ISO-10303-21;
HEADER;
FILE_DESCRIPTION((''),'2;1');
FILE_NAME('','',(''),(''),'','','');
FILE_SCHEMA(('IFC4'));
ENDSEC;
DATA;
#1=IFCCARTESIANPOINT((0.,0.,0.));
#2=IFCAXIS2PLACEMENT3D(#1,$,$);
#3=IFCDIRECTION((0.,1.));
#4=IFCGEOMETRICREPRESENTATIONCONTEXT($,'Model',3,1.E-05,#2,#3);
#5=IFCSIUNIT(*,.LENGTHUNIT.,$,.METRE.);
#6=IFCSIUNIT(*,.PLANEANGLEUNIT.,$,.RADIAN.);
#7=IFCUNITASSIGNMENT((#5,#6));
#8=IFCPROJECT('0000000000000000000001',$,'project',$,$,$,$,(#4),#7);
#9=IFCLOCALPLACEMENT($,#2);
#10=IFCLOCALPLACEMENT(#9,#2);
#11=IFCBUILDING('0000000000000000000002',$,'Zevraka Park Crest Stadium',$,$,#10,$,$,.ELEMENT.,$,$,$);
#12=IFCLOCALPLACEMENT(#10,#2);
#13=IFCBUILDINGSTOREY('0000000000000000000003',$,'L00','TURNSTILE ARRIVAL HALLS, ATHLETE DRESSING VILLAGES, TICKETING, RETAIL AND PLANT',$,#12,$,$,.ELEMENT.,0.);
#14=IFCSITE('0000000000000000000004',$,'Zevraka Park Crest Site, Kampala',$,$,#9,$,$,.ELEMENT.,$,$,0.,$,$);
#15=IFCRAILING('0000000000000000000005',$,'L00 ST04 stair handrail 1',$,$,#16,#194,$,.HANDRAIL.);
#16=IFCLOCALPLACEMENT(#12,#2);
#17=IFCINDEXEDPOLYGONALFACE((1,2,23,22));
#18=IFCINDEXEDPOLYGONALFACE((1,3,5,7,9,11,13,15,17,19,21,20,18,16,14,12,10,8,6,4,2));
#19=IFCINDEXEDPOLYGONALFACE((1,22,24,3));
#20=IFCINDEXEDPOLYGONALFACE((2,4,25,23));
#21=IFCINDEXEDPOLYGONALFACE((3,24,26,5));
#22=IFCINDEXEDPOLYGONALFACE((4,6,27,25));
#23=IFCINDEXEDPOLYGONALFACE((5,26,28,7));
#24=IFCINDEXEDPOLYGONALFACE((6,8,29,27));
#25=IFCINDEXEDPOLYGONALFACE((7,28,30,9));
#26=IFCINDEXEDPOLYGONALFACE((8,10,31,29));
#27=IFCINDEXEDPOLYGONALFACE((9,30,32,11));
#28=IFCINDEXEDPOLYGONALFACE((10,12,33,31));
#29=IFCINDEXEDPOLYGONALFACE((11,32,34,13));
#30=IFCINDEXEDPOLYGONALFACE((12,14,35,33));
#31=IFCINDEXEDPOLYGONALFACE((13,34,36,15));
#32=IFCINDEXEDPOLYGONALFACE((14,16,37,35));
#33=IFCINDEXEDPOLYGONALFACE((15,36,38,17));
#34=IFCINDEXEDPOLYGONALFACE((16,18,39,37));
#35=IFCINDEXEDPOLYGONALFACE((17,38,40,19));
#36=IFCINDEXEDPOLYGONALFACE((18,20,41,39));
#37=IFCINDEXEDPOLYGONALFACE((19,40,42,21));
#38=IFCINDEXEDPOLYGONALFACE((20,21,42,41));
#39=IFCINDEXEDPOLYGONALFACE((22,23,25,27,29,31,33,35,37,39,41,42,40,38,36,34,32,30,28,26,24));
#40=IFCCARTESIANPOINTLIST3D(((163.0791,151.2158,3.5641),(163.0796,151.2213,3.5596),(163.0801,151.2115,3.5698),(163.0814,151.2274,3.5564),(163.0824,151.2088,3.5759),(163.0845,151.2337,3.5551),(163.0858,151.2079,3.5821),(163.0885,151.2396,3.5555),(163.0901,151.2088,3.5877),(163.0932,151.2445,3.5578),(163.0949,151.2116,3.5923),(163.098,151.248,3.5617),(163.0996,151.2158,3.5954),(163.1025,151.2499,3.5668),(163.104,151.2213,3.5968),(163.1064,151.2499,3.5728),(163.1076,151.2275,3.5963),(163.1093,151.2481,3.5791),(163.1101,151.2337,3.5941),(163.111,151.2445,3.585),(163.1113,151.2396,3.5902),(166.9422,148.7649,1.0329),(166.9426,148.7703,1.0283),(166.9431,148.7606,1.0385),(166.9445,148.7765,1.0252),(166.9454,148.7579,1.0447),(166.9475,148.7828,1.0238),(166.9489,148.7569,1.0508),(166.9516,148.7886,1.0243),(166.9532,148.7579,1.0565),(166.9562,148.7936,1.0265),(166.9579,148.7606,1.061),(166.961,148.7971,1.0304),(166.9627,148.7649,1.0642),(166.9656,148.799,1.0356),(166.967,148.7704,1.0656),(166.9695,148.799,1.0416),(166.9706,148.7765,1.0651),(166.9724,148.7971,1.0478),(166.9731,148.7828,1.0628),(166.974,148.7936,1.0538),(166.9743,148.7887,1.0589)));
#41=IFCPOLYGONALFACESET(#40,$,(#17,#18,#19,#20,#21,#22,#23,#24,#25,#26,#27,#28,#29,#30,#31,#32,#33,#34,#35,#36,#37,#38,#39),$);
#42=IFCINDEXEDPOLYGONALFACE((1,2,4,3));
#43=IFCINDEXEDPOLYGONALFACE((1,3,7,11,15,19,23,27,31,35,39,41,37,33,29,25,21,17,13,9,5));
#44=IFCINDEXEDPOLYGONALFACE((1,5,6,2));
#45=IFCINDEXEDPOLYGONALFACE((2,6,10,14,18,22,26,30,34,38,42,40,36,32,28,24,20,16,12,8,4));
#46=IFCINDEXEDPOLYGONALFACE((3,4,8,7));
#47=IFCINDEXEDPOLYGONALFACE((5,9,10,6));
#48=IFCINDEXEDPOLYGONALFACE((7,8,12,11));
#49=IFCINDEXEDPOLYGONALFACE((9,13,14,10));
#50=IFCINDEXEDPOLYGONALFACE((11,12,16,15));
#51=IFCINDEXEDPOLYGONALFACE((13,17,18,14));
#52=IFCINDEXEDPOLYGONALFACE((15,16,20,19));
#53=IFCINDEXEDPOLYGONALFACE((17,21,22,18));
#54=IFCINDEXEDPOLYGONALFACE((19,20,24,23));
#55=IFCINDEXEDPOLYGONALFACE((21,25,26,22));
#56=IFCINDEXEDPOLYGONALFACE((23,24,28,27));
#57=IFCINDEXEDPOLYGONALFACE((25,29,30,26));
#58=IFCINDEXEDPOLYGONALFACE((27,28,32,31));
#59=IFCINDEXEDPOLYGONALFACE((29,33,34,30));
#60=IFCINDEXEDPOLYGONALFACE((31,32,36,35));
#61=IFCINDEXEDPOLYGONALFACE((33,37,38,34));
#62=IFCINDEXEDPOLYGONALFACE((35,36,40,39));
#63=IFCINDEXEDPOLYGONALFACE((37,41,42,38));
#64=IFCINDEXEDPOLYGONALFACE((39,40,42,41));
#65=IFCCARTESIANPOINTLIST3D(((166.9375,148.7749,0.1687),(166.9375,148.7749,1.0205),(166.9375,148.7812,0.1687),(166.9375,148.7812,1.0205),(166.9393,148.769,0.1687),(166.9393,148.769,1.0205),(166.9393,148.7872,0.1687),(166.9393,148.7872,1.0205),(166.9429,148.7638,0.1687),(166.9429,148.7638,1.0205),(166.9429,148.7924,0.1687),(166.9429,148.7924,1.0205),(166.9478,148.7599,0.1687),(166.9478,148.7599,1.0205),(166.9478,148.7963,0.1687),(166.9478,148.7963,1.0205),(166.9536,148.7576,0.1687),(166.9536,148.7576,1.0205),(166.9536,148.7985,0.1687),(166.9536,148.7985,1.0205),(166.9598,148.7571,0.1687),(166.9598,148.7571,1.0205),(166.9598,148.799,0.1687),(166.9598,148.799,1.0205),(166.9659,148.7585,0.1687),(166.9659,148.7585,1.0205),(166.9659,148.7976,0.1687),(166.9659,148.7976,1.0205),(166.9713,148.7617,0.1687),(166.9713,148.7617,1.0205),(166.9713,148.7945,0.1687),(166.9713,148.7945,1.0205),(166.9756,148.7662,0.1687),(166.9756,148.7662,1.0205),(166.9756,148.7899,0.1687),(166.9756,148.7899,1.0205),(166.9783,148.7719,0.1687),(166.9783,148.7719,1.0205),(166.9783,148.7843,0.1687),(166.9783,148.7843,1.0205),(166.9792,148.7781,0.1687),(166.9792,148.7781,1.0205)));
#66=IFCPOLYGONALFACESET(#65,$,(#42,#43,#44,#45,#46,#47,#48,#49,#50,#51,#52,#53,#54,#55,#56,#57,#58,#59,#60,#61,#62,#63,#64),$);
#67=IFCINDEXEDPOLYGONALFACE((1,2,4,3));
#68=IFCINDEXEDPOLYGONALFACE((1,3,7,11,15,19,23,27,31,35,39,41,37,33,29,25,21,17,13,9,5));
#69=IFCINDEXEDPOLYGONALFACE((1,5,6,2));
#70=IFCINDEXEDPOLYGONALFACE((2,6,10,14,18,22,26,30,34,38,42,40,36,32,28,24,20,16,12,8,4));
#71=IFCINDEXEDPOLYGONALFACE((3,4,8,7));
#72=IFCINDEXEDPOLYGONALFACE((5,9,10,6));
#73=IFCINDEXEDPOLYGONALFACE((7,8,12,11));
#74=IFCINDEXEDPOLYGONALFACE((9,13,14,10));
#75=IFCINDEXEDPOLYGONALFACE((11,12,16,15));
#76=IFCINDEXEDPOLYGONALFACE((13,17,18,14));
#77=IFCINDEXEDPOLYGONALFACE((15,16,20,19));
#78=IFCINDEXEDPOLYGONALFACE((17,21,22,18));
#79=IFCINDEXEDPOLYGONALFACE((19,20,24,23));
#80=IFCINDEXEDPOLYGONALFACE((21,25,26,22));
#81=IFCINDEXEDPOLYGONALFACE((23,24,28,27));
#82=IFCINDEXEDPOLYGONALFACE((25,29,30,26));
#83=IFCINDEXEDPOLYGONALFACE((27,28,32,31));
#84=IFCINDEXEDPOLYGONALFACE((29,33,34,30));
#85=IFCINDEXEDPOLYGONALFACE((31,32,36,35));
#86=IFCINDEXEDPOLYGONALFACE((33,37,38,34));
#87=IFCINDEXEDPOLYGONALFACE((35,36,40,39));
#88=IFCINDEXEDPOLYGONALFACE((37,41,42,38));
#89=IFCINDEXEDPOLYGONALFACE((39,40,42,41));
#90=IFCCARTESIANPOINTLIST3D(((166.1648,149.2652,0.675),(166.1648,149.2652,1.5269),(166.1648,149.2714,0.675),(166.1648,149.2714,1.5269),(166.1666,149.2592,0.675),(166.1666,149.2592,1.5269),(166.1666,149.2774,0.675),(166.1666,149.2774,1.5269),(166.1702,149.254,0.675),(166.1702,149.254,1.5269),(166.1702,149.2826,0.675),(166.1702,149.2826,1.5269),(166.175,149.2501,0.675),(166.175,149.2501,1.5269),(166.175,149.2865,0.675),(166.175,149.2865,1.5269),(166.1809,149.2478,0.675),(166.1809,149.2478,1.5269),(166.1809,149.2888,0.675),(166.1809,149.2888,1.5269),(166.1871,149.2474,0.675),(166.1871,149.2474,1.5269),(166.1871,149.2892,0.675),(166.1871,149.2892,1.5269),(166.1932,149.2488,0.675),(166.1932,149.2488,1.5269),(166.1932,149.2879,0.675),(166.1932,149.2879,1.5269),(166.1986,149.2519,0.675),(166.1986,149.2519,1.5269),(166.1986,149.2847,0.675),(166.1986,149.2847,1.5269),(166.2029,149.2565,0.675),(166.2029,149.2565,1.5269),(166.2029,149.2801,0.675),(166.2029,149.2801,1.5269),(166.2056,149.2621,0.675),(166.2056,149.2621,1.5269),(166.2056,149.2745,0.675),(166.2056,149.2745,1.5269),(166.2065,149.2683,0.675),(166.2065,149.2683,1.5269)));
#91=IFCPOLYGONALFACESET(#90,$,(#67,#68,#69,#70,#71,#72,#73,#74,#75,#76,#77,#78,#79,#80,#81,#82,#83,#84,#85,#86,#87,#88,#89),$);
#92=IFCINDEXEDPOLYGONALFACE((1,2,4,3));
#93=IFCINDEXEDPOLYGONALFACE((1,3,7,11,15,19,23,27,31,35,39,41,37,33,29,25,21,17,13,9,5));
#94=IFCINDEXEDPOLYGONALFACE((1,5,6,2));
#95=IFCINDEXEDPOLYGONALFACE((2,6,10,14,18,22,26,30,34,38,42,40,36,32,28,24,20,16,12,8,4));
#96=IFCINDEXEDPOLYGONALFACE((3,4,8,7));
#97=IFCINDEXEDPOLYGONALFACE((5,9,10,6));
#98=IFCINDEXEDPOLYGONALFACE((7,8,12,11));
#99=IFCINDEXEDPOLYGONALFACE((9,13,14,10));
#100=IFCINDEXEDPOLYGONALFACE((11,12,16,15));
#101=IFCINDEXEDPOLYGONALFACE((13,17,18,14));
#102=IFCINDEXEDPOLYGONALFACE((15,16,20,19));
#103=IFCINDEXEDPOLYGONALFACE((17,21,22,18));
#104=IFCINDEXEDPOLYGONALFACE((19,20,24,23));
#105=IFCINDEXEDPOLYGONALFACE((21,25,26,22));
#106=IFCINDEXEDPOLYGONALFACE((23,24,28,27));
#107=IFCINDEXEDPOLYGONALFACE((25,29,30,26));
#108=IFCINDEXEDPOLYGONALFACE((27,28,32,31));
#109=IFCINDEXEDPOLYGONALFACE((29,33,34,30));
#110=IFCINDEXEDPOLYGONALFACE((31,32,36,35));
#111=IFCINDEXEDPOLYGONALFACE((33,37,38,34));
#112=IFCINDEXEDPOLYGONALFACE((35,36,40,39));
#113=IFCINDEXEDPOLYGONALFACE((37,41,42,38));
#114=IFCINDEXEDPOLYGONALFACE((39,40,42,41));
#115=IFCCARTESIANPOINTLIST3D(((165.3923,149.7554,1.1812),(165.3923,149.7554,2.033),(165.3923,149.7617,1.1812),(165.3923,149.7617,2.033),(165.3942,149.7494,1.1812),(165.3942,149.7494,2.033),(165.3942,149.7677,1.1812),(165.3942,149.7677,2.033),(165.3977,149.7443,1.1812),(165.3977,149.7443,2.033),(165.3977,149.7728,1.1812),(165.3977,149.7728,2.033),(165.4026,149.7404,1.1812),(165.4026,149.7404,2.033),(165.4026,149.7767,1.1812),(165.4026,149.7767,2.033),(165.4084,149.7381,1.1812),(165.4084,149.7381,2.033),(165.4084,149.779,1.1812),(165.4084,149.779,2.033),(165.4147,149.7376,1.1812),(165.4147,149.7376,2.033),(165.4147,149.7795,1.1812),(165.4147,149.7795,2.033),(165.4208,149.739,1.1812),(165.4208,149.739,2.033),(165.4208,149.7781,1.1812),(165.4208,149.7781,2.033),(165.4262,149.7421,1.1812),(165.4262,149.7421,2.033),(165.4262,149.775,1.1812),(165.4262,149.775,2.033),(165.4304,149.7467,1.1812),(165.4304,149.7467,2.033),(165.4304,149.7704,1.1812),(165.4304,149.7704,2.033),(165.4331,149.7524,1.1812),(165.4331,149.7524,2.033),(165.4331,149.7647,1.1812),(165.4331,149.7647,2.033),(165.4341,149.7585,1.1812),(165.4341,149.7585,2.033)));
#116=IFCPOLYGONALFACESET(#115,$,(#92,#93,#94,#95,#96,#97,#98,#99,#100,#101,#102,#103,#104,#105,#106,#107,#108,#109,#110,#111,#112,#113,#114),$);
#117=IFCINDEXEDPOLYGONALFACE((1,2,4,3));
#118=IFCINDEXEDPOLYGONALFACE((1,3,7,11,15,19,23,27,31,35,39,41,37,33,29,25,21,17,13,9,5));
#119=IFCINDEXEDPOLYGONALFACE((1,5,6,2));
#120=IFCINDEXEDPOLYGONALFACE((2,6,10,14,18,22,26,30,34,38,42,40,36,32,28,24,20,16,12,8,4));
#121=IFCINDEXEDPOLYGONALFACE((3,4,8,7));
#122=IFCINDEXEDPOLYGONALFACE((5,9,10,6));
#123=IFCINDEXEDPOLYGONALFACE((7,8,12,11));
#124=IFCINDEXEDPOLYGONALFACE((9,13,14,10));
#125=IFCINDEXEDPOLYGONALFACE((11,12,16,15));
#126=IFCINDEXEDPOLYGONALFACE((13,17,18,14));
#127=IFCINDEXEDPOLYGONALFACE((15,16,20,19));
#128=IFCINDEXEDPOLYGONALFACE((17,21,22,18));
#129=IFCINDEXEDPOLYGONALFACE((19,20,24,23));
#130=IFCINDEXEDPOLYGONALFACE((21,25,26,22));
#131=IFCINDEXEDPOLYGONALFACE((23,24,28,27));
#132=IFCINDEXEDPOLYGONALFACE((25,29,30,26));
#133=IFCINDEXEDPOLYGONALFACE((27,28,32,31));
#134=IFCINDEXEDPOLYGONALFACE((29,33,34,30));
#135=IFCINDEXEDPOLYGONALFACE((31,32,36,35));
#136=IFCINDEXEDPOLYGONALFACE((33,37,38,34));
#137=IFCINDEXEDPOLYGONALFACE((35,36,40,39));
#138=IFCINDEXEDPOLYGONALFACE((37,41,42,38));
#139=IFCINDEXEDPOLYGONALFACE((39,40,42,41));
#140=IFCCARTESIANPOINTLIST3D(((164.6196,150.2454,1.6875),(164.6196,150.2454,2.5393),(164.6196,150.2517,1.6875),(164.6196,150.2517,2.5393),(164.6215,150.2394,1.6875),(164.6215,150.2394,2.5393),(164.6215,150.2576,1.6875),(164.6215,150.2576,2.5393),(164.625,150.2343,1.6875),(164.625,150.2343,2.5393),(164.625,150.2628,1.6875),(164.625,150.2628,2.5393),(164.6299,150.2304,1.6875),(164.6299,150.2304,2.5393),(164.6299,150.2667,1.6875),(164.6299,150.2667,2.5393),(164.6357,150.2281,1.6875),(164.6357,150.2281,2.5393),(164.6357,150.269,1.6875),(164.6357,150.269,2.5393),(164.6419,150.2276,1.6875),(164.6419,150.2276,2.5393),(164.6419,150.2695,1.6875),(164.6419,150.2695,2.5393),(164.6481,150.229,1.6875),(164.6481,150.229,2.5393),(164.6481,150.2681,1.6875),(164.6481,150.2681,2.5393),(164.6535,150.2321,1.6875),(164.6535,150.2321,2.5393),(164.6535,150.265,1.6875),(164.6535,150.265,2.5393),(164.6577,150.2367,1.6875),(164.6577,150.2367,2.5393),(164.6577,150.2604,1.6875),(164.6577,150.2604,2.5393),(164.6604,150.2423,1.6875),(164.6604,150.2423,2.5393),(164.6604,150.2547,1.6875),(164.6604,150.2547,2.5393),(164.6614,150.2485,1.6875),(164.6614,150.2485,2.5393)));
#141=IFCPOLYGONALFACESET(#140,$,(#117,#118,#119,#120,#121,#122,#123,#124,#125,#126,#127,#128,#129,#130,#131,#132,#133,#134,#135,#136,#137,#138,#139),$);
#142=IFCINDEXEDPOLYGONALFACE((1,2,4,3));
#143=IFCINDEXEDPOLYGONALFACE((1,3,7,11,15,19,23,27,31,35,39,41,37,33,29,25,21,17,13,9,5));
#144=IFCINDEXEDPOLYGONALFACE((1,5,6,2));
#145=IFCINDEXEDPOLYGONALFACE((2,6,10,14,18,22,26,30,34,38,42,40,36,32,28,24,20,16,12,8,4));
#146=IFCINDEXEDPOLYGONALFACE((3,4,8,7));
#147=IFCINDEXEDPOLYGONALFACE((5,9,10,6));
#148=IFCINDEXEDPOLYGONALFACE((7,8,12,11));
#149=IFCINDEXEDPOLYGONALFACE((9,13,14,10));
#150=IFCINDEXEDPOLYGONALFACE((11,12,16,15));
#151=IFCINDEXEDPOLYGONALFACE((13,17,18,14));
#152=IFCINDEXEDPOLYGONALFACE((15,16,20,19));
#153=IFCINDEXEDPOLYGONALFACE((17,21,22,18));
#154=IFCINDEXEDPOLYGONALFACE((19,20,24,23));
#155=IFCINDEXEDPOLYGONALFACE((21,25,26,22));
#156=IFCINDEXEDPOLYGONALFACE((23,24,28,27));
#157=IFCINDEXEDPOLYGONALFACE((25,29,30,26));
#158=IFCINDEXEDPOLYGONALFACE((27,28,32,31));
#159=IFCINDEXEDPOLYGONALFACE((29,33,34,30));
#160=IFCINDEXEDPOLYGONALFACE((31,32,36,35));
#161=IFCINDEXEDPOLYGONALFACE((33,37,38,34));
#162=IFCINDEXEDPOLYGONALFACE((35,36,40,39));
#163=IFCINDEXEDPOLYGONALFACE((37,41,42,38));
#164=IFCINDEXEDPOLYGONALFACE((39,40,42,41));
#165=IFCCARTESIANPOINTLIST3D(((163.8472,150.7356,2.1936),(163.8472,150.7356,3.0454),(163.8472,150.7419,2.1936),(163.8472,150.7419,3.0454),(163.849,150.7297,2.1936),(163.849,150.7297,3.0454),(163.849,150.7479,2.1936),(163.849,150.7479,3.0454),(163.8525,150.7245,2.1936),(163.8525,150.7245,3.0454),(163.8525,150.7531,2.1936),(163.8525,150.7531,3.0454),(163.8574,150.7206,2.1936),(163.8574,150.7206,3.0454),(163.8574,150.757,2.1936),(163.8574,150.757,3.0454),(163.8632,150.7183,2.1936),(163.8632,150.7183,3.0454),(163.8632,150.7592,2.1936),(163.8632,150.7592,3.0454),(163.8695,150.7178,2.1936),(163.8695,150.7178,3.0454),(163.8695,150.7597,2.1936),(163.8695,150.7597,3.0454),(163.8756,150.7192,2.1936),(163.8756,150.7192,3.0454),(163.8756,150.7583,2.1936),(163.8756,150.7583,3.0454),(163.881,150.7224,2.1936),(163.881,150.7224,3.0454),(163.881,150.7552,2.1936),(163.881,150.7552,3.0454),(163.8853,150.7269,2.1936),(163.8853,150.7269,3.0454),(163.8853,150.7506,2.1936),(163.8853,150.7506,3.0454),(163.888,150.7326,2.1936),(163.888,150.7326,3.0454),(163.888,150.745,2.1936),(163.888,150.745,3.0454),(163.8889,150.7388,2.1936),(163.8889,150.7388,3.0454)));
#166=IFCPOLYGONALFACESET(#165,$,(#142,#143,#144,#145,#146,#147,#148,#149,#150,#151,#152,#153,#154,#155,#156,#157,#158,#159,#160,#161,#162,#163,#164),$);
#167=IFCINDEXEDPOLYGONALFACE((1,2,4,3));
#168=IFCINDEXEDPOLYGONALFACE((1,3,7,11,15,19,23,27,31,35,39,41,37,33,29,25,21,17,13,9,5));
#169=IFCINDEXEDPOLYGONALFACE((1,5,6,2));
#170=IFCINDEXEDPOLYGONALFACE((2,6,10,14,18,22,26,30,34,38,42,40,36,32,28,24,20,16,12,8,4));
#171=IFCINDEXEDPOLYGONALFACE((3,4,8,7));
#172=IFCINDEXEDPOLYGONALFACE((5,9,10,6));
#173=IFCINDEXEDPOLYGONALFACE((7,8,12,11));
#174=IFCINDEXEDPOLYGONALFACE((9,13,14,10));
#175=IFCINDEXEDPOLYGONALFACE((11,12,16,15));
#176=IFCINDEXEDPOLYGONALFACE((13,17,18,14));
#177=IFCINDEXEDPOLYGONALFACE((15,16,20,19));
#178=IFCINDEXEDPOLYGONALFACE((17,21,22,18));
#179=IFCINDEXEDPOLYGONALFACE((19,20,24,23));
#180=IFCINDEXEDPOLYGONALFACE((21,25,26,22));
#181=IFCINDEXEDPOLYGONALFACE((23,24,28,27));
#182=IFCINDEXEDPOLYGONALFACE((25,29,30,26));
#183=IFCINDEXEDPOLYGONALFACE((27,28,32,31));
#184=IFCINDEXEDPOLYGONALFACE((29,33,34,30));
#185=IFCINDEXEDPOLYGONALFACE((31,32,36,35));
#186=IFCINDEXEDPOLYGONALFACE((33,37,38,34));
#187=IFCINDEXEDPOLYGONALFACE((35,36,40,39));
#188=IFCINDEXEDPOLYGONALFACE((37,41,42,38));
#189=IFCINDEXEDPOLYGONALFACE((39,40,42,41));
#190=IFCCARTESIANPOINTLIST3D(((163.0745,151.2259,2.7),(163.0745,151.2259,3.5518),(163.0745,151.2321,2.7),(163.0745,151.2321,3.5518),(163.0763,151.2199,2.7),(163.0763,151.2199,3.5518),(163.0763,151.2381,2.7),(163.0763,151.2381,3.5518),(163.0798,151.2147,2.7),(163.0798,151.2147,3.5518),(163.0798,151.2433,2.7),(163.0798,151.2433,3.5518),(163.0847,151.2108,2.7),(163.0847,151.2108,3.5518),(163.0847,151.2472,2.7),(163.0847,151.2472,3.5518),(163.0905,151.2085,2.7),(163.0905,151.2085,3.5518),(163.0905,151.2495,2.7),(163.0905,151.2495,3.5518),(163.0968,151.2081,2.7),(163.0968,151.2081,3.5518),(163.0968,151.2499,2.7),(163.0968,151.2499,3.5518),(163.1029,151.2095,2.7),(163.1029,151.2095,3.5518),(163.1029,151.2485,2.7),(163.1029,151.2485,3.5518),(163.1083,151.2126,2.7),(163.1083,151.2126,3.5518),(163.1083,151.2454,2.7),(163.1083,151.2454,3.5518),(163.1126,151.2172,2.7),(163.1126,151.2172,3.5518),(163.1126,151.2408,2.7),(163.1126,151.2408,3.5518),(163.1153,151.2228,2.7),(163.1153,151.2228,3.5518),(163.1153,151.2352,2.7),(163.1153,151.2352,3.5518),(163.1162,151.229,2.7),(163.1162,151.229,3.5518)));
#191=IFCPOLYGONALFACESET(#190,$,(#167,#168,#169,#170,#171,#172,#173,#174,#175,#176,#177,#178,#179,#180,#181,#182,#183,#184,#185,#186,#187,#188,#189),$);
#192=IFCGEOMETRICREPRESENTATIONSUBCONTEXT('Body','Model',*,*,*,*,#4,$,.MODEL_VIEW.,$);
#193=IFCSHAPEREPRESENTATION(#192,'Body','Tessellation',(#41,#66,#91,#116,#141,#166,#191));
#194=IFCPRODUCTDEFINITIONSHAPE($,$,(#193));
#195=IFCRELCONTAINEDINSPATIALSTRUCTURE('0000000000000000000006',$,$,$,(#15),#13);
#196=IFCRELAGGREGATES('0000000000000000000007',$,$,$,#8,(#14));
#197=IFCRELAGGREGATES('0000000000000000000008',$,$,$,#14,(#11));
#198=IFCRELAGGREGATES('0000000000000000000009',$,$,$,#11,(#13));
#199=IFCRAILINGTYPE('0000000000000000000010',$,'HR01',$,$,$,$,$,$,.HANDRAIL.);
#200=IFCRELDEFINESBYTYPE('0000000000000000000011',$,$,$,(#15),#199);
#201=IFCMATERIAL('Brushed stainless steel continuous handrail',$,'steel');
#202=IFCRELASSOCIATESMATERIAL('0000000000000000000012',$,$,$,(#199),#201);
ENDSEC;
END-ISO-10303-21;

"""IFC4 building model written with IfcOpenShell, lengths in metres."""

from ifc_helpers import new_model, si_unit, direction, frame, origin, origin_2d, place, context, subcontext, project, spatial, circle, extrude, material, type_object, element, save


model = new_model("IFC4")

# Units and contexts
model_context = context("Model", 3, precision=1e-05, world=origin(), true_north=direction((0.0, 1.0)))
body_context = subcontext(model_context, "Body", "Model", "MODEL_VIEW")
ifc_project = project(units=[si_unit("LENGTHUNIT", "METRE"), si_unit("PLANEANGLEUNIT", "RADIAN")], contexts=[model_context])

# Site, building, storey
site_placement = place(None, origin())
site = spatial("IfcSite", under=ifc_project, at=site_placement, Name="Zevraka Park Crest Site, Kampala", CompositionType="ELEMENT", RefElevation=0.0)
building_placement = place(site_placement, origin())
building = spatial("IfcBuilding", under=site, at=building_placement, Name="Zevraka Park Crest Stadium", CompositionType="ELEMENT")
storey_placement = place(building_placement, origin())
storey = spatial("IfcBuildingStorey", under=building, at=storey_placement, Name="L00", Description="TURNSTILE ARRIVAL HALLS, ATHLETE DRESSING VILLAGES, TICKETING, RETAIL AND PLANT", CompositionType="ELEMENT", Elevation=0.0)

# Railing
ifc_material_1 = material(Name="Brushed stainless steel continuous handrail", Category="steel")
railing_type_1 = type_object("IfcRailingType", Name="HR01", PredefinedType="HANDRAIL", material=ifc_material_1)
railing_1_placement = place(storey_placement, frame((166.9583, 148.7781, 0.1687)))
element("IfcRailing", 1, at=railing_1_placement, inside=storey, type_object=railing_type_1, Name="L00 ST04 stair handrail 1", PredefinedType="HANDRAIL", context=body_context, shape_type="SweptSolid", body=[
    extrude(circle(Radius=0.0239, at=origin_2d()), frame((0.0, 0.0, 0.876), z_axis=(-0.738841, 0.468762, 0.484124), x_axis=(-0.535729, -0.84439, 0.0)), (0.0, 0.0, 1.0), 5.2285),
    extrude(circle(Radius=0.021, at=origin_2d()), origin(), (0.0, 0.0, 1.0), 0.8518),
    extrude(circle(Radius=0.021, at=origin_2d()), frame((-0.7727, 0.4902, 0.5063)), (0.0, 0.0, 1.0), 0.8518),
    extrude(circle(Radius=0.021, at=origin_2d()), frame((-1.5452, 0.9805, 1.0125)), (0.0, 0.0, 1.0), 0.8518),
    extrude(circle(Radius=0.021, at=origin_2d()), frame((-2.3179, 1.4705, 1.5188)), (0.0, 0.0, 1.0), 0.8518),
    extrude(circle(Radius=0.021, at=origin_2d()), frame((-3.0903, 1.9607, 2.0249)), (0.0, 0.0, 1.0), 0.8518),
    extrude(circle(Radius=0.021, at=origin_2d()), frame((-3.863, 2.4509, 2.5312)), (0.0, 0.0, 1.0), 0.8518),
])

save(model, "model.ifc")
